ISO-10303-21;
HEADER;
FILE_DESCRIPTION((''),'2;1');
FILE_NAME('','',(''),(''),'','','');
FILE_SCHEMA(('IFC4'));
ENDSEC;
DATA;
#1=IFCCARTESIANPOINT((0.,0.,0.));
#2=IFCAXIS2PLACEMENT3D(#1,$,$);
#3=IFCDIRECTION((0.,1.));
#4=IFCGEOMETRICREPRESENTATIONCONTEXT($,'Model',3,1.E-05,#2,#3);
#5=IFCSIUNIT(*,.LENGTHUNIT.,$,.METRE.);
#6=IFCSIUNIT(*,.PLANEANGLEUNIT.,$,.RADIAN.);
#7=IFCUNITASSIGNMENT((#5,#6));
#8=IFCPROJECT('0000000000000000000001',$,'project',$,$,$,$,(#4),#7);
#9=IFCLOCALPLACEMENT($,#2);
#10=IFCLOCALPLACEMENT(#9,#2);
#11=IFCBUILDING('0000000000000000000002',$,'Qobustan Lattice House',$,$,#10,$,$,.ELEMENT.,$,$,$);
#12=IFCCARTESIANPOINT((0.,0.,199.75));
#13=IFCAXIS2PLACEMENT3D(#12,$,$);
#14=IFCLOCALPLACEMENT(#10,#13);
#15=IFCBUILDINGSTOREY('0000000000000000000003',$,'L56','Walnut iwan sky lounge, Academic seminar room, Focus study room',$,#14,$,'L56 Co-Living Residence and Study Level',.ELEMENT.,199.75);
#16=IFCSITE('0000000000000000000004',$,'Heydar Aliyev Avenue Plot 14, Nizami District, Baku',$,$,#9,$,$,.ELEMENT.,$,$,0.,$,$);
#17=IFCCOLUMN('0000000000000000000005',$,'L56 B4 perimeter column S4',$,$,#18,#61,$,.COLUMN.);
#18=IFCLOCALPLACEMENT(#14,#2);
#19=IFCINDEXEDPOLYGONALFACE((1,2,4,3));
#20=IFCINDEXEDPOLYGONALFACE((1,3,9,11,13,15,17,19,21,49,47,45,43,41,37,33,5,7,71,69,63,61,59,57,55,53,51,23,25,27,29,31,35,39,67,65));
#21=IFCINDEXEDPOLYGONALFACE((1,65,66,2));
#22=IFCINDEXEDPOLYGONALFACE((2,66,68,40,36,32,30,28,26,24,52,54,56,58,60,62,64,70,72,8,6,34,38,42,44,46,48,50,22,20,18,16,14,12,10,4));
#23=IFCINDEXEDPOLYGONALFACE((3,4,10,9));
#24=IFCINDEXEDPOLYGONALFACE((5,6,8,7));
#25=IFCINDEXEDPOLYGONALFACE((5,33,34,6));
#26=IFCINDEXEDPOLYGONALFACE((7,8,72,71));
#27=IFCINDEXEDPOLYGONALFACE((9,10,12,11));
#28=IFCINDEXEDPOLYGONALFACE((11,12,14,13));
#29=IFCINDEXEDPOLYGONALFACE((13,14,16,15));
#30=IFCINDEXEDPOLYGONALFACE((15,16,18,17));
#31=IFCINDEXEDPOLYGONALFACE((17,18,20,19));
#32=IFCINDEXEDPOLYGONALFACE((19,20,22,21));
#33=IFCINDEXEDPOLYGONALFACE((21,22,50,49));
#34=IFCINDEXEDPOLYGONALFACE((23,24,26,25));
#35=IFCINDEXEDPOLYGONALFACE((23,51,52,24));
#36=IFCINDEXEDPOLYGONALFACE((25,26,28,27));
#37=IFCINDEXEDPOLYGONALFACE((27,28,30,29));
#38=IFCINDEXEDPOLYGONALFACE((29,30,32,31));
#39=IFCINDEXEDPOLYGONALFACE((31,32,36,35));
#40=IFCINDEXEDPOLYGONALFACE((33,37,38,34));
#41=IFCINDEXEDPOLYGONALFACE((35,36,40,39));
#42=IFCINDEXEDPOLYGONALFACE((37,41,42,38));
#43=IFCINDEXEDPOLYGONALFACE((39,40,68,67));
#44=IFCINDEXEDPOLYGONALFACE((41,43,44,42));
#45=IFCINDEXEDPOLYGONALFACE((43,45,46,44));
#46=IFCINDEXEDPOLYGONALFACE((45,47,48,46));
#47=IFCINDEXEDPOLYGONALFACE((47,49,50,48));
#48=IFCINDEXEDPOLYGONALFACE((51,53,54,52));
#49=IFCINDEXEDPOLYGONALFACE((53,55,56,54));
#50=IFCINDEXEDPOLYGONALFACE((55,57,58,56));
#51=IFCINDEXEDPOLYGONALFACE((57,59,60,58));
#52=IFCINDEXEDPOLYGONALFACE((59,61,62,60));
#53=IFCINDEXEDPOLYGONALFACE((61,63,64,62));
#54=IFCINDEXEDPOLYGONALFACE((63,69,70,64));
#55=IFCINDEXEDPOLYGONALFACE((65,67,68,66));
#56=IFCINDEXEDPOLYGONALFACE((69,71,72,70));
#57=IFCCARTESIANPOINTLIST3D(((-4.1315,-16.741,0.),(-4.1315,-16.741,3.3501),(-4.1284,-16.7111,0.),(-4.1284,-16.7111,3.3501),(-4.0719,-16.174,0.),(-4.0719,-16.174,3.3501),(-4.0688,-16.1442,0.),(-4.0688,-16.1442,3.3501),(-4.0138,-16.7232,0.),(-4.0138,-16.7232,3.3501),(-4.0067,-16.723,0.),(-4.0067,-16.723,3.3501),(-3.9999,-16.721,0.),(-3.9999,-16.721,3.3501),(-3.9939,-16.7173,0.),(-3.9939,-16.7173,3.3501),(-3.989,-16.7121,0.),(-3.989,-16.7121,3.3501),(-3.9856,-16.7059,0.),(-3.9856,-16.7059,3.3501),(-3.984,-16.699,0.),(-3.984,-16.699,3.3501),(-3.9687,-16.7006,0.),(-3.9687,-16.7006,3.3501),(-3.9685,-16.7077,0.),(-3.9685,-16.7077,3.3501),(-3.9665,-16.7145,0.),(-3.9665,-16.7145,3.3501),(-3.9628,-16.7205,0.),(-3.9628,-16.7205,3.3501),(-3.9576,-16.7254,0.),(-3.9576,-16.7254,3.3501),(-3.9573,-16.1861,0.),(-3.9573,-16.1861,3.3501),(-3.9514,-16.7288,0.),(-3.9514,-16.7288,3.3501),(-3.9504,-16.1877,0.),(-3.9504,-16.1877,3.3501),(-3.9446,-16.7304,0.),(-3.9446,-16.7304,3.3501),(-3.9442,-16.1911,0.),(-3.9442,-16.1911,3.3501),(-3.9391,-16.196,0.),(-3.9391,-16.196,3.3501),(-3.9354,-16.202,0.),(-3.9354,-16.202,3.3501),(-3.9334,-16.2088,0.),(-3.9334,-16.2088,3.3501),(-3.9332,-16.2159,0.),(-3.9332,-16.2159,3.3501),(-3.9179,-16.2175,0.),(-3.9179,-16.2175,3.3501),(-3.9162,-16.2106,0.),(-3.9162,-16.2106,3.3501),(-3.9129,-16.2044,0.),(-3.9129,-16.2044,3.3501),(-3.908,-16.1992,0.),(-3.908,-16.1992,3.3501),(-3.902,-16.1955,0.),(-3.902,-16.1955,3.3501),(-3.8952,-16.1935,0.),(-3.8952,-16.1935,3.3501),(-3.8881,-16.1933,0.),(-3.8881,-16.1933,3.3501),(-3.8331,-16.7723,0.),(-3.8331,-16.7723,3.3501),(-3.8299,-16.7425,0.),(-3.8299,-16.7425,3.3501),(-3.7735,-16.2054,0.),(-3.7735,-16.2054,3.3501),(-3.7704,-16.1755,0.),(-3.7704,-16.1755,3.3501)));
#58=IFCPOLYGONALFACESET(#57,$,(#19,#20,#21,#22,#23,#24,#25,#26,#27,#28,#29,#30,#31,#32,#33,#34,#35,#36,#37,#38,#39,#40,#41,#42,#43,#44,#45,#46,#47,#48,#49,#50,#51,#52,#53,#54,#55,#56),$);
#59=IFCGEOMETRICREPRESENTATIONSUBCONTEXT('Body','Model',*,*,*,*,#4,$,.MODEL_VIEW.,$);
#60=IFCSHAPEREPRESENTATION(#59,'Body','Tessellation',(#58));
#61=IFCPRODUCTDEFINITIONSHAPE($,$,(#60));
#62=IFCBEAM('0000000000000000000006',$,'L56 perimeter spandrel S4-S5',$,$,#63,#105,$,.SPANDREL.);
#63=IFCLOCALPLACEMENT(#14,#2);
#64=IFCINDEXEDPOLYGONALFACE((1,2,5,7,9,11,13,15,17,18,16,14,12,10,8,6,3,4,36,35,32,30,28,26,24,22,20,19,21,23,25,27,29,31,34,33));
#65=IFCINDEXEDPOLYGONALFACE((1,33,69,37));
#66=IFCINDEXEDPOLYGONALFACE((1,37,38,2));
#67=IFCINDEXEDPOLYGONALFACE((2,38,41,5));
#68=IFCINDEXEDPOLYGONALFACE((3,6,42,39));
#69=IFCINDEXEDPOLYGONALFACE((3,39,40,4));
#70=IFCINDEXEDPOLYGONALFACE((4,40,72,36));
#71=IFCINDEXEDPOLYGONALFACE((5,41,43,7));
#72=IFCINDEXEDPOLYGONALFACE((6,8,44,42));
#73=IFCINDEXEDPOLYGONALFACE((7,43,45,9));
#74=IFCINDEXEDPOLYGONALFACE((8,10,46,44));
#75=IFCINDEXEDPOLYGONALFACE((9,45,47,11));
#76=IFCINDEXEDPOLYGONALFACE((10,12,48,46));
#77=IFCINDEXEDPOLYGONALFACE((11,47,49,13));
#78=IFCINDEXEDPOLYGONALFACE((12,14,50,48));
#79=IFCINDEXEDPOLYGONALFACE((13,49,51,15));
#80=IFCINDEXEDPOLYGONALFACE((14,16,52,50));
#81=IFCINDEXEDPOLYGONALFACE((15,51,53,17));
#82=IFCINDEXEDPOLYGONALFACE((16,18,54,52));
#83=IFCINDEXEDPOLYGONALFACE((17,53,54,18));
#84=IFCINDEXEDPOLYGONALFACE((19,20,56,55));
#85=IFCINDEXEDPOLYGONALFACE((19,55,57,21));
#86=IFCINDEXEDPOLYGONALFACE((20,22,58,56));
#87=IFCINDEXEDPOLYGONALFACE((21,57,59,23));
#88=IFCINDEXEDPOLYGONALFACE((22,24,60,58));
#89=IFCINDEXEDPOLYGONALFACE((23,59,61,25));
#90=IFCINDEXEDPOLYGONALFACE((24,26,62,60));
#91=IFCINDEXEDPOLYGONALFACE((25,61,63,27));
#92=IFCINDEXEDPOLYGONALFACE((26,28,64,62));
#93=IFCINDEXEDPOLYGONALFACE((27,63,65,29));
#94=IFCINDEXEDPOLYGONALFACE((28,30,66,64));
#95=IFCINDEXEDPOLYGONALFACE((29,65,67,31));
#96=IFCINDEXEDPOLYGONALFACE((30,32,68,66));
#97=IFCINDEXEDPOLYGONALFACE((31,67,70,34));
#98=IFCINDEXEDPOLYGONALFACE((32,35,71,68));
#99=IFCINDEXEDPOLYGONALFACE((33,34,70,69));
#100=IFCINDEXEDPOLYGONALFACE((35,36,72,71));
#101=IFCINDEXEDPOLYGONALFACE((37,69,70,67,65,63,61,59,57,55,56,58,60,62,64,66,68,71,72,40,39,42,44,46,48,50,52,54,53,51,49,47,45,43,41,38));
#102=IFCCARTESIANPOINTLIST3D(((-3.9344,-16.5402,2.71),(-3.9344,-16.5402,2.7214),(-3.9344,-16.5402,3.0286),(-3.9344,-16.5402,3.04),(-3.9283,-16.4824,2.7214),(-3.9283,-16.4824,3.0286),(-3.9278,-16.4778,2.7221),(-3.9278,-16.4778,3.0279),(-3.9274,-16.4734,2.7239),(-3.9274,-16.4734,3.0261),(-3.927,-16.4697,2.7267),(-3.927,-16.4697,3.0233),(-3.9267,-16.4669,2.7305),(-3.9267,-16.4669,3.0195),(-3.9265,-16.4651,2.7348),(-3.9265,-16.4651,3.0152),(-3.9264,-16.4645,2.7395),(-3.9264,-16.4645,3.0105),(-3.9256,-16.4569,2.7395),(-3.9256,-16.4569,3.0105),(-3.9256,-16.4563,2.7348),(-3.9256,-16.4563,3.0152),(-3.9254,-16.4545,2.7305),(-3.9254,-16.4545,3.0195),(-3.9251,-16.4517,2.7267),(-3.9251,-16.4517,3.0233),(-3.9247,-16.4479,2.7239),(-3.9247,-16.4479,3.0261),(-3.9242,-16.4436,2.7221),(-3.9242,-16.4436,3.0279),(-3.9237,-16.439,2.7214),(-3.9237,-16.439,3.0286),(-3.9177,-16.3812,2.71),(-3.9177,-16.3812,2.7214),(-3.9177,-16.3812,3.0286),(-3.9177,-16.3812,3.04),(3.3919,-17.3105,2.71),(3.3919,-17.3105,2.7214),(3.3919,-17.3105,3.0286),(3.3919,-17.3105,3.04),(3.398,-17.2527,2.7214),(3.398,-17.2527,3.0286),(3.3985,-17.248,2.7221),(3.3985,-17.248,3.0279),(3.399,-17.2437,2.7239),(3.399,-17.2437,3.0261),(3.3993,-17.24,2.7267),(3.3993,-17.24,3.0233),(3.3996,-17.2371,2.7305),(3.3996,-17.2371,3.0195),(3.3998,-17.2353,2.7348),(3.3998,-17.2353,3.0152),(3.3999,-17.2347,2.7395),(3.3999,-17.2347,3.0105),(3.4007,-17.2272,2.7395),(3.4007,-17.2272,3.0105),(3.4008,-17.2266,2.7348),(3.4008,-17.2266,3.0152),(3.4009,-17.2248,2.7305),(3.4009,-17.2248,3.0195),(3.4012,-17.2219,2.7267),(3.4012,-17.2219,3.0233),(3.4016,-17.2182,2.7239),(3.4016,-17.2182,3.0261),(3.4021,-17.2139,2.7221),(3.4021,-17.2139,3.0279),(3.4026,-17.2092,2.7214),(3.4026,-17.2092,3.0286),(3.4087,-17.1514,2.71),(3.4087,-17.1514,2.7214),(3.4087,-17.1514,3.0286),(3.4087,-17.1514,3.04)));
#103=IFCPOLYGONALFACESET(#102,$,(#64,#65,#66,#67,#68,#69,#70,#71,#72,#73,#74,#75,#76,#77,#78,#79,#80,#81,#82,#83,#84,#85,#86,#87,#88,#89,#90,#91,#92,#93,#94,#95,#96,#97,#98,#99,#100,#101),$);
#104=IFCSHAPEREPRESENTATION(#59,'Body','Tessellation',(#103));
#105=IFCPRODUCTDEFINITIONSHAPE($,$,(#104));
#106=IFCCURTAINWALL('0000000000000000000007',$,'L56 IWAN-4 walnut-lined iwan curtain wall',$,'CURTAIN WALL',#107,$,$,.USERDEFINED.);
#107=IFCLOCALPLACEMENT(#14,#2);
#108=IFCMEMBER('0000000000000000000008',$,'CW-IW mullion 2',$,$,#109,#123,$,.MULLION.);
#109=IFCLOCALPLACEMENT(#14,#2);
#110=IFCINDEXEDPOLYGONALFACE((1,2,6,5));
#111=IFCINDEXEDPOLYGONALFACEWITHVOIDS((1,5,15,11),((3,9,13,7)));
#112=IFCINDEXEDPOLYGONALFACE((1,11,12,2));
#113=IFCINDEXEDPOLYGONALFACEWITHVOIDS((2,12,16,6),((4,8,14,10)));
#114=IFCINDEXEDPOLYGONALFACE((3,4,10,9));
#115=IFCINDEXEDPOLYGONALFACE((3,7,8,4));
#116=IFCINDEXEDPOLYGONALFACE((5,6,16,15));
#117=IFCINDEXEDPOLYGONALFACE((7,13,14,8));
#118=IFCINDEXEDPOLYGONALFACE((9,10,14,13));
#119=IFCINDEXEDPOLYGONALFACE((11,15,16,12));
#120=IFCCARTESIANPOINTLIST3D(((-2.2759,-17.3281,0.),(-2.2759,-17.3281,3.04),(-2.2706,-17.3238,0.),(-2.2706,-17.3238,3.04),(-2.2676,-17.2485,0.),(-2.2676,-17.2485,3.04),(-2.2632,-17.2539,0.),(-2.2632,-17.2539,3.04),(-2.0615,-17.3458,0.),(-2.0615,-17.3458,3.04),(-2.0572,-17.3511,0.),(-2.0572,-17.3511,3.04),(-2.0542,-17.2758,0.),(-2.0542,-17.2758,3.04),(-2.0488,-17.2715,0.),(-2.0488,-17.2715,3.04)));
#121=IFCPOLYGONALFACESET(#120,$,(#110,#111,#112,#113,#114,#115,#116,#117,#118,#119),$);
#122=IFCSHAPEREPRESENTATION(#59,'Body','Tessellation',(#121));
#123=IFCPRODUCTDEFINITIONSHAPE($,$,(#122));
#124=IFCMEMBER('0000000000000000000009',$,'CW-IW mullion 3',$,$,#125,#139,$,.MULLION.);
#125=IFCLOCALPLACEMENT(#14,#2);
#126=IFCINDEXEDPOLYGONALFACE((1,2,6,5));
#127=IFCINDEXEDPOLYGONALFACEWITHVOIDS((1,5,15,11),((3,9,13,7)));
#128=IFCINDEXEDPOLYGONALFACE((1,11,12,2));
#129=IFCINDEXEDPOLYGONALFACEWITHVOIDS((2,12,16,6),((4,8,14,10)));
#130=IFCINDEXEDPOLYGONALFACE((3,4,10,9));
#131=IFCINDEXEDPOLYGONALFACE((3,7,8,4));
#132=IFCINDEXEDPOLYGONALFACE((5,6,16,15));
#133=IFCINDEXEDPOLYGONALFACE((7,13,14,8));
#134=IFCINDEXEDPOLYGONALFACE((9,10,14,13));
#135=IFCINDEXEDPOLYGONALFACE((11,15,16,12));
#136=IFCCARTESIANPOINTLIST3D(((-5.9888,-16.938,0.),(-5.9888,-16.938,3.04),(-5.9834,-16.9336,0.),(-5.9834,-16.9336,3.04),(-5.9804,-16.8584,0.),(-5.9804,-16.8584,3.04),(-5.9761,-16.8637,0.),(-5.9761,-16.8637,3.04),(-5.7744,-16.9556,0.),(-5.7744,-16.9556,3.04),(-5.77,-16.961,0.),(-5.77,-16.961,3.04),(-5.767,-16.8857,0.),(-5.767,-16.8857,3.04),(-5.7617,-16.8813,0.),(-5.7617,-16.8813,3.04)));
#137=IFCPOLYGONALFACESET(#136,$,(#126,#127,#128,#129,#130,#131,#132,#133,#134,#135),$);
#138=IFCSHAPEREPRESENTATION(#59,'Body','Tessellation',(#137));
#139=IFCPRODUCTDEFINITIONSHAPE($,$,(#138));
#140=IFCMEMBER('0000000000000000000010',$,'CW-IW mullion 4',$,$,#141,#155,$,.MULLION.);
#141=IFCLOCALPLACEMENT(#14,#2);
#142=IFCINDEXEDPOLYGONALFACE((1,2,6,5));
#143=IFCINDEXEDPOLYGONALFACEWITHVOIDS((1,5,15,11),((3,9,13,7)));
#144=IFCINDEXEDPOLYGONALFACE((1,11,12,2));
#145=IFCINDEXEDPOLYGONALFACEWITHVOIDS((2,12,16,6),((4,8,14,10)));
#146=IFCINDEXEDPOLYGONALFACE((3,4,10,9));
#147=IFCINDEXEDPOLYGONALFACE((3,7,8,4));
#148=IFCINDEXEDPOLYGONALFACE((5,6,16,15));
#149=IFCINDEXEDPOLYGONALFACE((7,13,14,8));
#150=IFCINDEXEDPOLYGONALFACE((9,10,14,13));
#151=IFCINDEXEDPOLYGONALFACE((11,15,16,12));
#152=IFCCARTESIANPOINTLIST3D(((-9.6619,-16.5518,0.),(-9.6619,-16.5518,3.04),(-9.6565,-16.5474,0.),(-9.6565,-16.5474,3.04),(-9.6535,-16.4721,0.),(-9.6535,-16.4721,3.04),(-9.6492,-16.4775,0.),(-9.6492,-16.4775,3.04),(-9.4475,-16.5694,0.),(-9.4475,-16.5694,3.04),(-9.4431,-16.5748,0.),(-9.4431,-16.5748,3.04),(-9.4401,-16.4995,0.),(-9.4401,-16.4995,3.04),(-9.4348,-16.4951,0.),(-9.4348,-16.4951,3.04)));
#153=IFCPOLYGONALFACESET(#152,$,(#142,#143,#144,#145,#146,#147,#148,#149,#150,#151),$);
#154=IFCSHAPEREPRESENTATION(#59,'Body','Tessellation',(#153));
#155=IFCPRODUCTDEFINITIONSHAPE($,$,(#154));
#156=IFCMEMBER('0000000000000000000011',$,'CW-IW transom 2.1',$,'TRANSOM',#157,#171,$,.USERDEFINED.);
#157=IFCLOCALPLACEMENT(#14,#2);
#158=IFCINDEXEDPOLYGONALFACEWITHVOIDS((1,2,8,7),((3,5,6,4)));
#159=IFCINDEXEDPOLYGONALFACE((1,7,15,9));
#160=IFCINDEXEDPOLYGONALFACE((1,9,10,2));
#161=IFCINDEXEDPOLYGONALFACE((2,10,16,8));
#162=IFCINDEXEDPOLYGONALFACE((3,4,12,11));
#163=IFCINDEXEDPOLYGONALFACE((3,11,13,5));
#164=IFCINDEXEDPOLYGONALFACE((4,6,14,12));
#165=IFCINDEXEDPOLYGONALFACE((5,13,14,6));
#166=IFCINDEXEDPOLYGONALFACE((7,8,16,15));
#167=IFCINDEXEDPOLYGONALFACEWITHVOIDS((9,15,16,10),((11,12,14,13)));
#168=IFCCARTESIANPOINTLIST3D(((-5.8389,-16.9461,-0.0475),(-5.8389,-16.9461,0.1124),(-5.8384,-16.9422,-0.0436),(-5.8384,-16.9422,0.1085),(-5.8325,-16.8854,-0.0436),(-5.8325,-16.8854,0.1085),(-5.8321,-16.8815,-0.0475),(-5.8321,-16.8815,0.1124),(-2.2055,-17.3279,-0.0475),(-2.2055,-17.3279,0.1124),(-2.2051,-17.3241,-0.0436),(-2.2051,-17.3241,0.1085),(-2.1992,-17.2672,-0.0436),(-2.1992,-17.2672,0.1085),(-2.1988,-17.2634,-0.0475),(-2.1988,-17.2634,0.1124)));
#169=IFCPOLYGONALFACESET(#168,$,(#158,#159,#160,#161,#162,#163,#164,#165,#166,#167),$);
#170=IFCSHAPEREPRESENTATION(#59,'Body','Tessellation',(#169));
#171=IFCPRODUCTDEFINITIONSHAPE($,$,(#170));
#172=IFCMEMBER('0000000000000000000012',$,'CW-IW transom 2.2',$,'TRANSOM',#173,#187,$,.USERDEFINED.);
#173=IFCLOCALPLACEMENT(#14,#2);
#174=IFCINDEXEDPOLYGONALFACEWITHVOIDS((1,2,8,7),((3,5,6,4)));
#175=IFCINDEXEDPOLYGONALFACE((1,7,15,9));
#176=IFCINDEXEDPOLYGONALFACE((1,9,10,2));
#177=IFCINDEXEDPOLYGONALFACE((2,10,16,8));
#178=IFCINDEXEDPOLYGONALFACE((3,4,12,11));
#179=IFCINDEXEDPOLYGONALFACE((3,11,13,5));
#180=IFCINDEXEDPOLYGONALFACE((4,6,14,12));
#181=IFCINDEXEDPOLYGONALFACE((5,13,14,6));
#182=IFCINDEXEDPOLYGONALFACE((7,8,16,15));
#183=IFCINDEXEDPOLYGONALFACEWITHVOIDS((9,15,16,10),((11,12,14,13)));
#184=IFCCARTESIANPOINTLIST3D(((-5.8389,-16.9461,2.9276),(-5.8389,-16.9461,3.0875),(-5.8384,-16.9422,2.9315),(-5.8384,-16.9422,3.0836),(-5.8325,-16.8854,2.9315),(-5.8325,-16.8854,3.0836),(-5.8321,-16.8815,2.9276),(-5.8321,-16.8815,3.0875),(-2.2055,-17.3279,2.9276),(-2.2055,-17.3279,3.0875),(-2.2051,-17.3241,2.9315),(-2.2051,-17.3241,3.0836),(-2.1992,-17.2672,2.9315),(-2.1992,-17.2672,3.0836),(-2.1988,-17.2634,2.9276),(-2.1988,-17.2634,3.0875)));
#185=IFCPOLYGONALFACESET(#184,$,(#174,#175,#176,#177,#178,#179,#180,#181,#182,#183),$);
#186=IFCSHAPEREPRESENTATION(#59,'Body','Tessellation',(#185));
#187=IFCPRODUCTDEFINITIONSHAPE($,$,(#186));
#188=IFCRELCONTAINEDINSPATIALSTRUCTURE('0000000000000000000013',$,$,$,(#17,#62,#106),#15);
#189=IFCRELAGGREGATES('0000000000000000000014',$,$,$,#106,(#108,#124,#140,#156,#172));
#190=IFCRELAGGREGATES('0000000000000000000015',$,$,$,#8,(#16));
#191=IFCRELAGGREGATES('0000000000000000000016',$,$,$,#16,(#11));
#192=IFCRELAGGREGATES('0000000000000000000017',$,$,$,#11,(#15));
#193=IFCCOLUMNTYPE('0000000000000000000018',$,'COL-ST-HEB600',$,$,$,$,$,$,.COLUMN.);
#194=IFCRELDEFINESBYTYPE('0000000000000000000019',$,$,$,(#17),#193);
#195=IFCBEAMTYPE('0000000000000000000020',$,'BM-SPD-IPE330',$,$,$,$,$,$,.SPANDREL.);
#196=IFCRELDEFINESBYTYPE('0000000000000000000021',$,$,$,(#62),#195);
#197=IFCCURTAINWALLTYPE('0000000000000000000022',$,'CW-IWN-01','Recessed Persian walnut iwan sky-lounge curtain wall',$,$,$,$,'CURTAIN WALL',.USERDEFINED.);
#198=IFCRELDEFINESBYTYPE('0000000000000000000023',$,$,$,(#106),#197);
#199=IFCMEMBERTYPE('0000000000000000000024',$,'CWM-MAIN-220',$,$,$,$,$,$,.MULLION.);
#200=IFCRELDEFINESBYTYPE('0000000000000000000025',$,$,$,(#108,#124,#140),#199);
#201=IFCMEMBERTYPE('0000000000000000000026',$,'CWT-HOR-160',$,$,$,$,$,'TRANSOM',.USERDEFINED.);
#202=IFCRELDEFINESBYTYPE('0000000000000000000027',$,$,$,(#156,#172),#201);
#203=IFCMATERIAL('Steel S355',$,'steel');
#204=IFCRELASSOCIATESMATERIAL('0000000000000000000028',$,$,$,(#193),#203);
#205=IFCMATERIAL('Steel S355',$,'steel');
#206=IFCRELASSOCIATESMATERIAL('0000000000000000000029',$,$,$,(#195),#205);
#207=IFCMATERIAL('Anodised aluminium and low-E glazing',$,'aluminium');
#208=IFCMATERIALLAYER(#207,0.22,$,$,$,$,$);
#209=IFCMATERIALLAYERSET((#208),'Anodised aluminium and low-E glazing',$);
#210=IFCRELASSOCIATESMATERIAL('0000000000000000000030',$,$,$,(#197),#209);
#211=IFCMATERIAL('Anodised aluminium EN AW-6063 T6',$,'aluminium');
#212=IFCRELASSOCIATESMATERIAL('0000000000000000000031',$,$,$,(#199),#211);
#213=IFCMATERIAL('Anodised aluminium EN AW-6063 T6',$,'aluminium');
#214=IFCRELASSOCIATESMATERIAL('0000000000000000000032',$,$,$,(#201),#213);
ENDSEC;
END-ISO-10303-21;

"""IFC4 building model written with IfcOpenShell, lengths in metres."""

from ifc_helpers import new_model, si_unit, direction, frame, origin, origin_2d, place, context, subcontext, project, spatial, hollow_rectangle, i_section, extrude, material, layer, layer_set, material_profile, profile_set, type_object, element, aggregate, save


model = new_model("IFC4")

# Units and contexts
model_context = context("Model", 3, precision=1e-05, world=origin(), true_north=direction((0.0, 1.0)))
body_context = subcontext(model_context, "Body", "Model", "MODEL_VIEW")
ifc_project = project(units=[si_unit("LENGTHUNIT", "METRE"), si_unit("PLANEANGLEUNIT", "RADIAN")], contexts=[model_context])

# Site, building, storey
site_placement = place(None, origin())
site = spatial("IfcSite", under=ifc_project, at=site_placement, Name="Heydar Aliyev Avenue Plot 14, Nizami District, Baku", CompositionType="ELEMENT", RefElevation=0.0)
building_placement = place(site_placement, origin())
building = spatial("IfcBuilding", under=site, at=building_placement, Name="Qobustan Lattice House", CompositionType="ELEMENT")
storey_placement = place(building_placement, frame((0.0, 0.0, 199.75)))
storey = spatial("IfcBuildingStorey", under=building, at=storey_placement, Name="L56", Description="Walnut iwan sky lounge, Academic seminar room, Focus study room", LongName="L56 Co-Living Residence and Study Level", CompositionType="ELEMENT", Elevation=199.75)

# Column
ifc_material_1 = material(Name="Steel S355", Category="steel")
ifc_material_profile_1 = material_profile(ifc_material_1, i_section(OverallWidth=0.3, OverallDepth=0.6001, WebThickness=0.0154, FlangeThickness=0.03, FilletRadius=0.0271, at=origin_2d()), Name="HEB600")
ifc_profile_set_1 = profile_set([ifc_material_profile_1], Name="Steel S355")
column_type = type_object("IfcColumnType", Name="COL-ST-HEB600", PredefinedType="COLUMN", material=ifc_profile_set_1)
column_placement = place(storey_placement, frame((-3.9509, -16.4583, 0.0), z_axis=(0.0, 0.0, 1.0), x_axis=(0.994522, -0.104528, 0.0)))
element("IfcColumn", 1, at=column_placement, inside=storey, type_object=column_type, Name="L56 B4 perimeter column S4", PredefinedType="COLUMN", context=body_context, shape_type="SweptSolid", body=[
    extrude(i_section(OverallWidth=0.3, OverallDepth=0.6001, WebThickness=0.0154, FlangeThickness=0.03, FilletRadius=0.0271, at=origin_2d()), origin(), (0.0, 0.0, 1.0), 3.3501),
])

# Beam
ifc_material_2 = material(Name="Steel S355", Category="steel")
ifc_material_profile_2 = material_profile(ifc_material_2, i_section(OverallWidth=0.1599, OverallDepth=0.3301, WebThickness=0.0076, FlangeThickness=0.0115, FilletRadius=0.0181, at=origin_2d()), Name="IPE330")
ifc_profile_set_2 = profile_set([ifc_material_profile_2], Name="Steel S355")
beam_type = type_object("IfcBeamType", Name="BM-SPD-IPE330", PredefinedType="SPANDREL", material=ifc_profile_set_2)
beam_placement = place(storey_placement, frame((-3.926, -16.4607, 2.875), z_axis=(0.994519, -0.104559, 0.0), x_axis=(0.104559, 0.994519, 0.0)))
element("IfcBeam", 2, at=beam_placement, inside=storey, type_object=beam_type, Name="L56 perimeter spandrel S4-S5", PredefinedType="SPANDREL", context=body_context, shape_type="SweptSolid", body=[
    extrude(i_section(OverallWidth=0.1599, OverallDepth=0.3301, WebThickness=0.0076, FlangeThickness=0.0115, FilletRadius=0.0181, at=origin_2d()), origin(), (0.0, 0.0, 1.0), 7.3667),
])

# Curtain wall, members
ifc_material_3 = material(Name="Anodised aluminium and low-E glazing", Category="aluminium")
ifc_layer_1 = layer(ifc_material_3, 0.22)
ifc_layer_set_1 = layer_set([ifc_layer_1], Name="Anodised aluminium and low-E glazing")
curtain_wall_type = type_object("IfcCurtainWallType", Name="CW-IWN-01", Description="Recessed Persian walnut iwan sky-lounge curtain wall", ElementType="CURTAIN WALL", PredefinedType="USERDEFINED", material=ifc_layer_set_1)
curtain_wall_placement = place(storey_placement, origin())
curtain_wall = element("IfcCurtainWall", 3, at=curtain_wall_placement, inside=storey, type_object=curtain_wall_type, Name="L56 IWAN-4 walnut-lined iwan curtain wall", ObjectType="CURTAIN WALL", PredefinedType="USERDEFINED")
ifc_material_4 = material(Name="Anodised aluminium EN AW-6063 T6", Category="aluminium")
ifc_material_profile_3 = material_profile(ifc_material_4, hollow_rectangle(XDim=0.0801, YDim=0.22, WallThickness=0.0049, at=origin_2d()), Name="CWM-220x80")
ifc_profile_set_3 = profile_set([ifc_material_profile_3], Name="Anodised aluminium EN AW-6063 T6")
member_type_1 = type_object("IfcMemberType", Name="CWM-MAIN-220", PredefinedType="MULLION", material=ifc_profile_set_3)
member_1_placement = place(storey_placement, frame((-2.1624, -17.2998, 0.0), z_axis=(0.0, 0.0, 1.0), x_axis=(-0.104536, -0.994521, 0.0)))
member_1 = element("IfcMember", 4, at=member_1_placement, type_object=member_type_1, Name="CW-IW mullion 2", PredefinedType="MULLION", context=body_context, shape_type="SweptSolid", body=[
    extrude(hollow_rectangle(XDim=0.0801, YDim=0.22, WallThickness=0.0049, at=origin_2d()), origin(), (0.0, 0.0, 1.0), 3.04),
])
member_2_placement = place(storey_placement, frame((-5.8752, -16.9097, 0.0), z_axis=(0.0, 0.0, 1.0), x_axis=(-0.104536, -0.994521, 0.0)))
member_2 = element("IfcMember", 5, at=member_2_placement, type_object=member_type_1, Name="CW-IW mullion 3", PredefinedType="MULLION", context=body_context, shape_type="SweptSolid", body=[
    extrude(hollow_rectangle(XDim=0.0801, YDim=0.22, WallThickness=0.0049, at=origin_2d()), origin(), (0.0, 0.0, 1.0), 3.04),
])
member_3_placement = place(storey_placement, frame((-9.5483, -16.5234, 0.0), z_axis=(0.0, 0.0, 1.0), x_axis=(-0.104536, -0.994521, 0.0)))
member_3 = element("IfcMember", 6, at=member_3_placement, type_object=member_type_1, Name="CW-IW mullion 4", PredefinedType="MULLION", context=body_context, shape_type="SweptSolid", body=[
    extrude(hollow_rectangle(XDim=0.0801, YDim=0.22, WallThickness=0.0049, at=origin_2d()), origin(), (0.0, 0.0, 1.0), 3.04),
])
ifc_material_5 = material(Name="Anodised aluminium EN AW-6063 T6", Category="aluminium")
ifc_material_profile_4 = material_profile(ifc_material_5, hollow_rectangle(XDim=0.0649, YDim=0.1599, WallThickness=0.0039, at=origin_2d()), Name="CWT-160x65")
ifc_profile_set_4 = profile_set([ifc_material_profile_4], Name="Anodised aluminium EN AW-6063 T6")
member_type_2 = type_object("IfcMemberType", Name="CWT-HOR-160", ElementType="TRANSOM", PredefinedType="USERDEFINED", material=ifc_profile_set_4)
member_4_placement = place(storey_placement, frame((-2.2021, -17.2957, 0.0325), z_axis=(-0.994523, 0.104518, 0.0), x_axis=(-0.104518, -0.994523, 0.0)))
member_4 = element("IfcMember", 7, at=member_4_placement, type_object=member_type_2, Name="CW-IW transom 2.1", ObjectType="TRANSOM", PredefinedType="USERDEFINED", context=body_context, shape_type="SweptSolid", body=[
    extrude(hollow_rectangle(XDim=0.0649, YDim=0.1599, WallThickness=0.0039, at=origin_2d()), origin(), (0.0, 0.0, 1.0), 3.6533),
])
member_5_placement = place(storey_placement, frame((-2.2021, -17.2957, 3.0076), z_axis=(-0.994523, 0.104518, 0.0), x_axis=(-0.104518, -0.994523, 0.0)))
member_5 = element("IfcMember", 8, at=member_5_placement, type_object=member_type_2, Name="CW-IW transom 2.2", ObjectType="TRANSOM", PredefinedType="USERDEFINED", context=body_context, shape_type="SweptSolid", body=[
    extrude(hollow_rectangle(XDim=0.0649, YDim=0.1599, WallThickness=0.0039, at=origin_2d()), origin(), (0.0, 0.0, 1.0), 3.6533),
])
aggregate(curtain_wall, [member_1, member_2, member_3, member_4, member_5])

save(model, "model.ifc")
